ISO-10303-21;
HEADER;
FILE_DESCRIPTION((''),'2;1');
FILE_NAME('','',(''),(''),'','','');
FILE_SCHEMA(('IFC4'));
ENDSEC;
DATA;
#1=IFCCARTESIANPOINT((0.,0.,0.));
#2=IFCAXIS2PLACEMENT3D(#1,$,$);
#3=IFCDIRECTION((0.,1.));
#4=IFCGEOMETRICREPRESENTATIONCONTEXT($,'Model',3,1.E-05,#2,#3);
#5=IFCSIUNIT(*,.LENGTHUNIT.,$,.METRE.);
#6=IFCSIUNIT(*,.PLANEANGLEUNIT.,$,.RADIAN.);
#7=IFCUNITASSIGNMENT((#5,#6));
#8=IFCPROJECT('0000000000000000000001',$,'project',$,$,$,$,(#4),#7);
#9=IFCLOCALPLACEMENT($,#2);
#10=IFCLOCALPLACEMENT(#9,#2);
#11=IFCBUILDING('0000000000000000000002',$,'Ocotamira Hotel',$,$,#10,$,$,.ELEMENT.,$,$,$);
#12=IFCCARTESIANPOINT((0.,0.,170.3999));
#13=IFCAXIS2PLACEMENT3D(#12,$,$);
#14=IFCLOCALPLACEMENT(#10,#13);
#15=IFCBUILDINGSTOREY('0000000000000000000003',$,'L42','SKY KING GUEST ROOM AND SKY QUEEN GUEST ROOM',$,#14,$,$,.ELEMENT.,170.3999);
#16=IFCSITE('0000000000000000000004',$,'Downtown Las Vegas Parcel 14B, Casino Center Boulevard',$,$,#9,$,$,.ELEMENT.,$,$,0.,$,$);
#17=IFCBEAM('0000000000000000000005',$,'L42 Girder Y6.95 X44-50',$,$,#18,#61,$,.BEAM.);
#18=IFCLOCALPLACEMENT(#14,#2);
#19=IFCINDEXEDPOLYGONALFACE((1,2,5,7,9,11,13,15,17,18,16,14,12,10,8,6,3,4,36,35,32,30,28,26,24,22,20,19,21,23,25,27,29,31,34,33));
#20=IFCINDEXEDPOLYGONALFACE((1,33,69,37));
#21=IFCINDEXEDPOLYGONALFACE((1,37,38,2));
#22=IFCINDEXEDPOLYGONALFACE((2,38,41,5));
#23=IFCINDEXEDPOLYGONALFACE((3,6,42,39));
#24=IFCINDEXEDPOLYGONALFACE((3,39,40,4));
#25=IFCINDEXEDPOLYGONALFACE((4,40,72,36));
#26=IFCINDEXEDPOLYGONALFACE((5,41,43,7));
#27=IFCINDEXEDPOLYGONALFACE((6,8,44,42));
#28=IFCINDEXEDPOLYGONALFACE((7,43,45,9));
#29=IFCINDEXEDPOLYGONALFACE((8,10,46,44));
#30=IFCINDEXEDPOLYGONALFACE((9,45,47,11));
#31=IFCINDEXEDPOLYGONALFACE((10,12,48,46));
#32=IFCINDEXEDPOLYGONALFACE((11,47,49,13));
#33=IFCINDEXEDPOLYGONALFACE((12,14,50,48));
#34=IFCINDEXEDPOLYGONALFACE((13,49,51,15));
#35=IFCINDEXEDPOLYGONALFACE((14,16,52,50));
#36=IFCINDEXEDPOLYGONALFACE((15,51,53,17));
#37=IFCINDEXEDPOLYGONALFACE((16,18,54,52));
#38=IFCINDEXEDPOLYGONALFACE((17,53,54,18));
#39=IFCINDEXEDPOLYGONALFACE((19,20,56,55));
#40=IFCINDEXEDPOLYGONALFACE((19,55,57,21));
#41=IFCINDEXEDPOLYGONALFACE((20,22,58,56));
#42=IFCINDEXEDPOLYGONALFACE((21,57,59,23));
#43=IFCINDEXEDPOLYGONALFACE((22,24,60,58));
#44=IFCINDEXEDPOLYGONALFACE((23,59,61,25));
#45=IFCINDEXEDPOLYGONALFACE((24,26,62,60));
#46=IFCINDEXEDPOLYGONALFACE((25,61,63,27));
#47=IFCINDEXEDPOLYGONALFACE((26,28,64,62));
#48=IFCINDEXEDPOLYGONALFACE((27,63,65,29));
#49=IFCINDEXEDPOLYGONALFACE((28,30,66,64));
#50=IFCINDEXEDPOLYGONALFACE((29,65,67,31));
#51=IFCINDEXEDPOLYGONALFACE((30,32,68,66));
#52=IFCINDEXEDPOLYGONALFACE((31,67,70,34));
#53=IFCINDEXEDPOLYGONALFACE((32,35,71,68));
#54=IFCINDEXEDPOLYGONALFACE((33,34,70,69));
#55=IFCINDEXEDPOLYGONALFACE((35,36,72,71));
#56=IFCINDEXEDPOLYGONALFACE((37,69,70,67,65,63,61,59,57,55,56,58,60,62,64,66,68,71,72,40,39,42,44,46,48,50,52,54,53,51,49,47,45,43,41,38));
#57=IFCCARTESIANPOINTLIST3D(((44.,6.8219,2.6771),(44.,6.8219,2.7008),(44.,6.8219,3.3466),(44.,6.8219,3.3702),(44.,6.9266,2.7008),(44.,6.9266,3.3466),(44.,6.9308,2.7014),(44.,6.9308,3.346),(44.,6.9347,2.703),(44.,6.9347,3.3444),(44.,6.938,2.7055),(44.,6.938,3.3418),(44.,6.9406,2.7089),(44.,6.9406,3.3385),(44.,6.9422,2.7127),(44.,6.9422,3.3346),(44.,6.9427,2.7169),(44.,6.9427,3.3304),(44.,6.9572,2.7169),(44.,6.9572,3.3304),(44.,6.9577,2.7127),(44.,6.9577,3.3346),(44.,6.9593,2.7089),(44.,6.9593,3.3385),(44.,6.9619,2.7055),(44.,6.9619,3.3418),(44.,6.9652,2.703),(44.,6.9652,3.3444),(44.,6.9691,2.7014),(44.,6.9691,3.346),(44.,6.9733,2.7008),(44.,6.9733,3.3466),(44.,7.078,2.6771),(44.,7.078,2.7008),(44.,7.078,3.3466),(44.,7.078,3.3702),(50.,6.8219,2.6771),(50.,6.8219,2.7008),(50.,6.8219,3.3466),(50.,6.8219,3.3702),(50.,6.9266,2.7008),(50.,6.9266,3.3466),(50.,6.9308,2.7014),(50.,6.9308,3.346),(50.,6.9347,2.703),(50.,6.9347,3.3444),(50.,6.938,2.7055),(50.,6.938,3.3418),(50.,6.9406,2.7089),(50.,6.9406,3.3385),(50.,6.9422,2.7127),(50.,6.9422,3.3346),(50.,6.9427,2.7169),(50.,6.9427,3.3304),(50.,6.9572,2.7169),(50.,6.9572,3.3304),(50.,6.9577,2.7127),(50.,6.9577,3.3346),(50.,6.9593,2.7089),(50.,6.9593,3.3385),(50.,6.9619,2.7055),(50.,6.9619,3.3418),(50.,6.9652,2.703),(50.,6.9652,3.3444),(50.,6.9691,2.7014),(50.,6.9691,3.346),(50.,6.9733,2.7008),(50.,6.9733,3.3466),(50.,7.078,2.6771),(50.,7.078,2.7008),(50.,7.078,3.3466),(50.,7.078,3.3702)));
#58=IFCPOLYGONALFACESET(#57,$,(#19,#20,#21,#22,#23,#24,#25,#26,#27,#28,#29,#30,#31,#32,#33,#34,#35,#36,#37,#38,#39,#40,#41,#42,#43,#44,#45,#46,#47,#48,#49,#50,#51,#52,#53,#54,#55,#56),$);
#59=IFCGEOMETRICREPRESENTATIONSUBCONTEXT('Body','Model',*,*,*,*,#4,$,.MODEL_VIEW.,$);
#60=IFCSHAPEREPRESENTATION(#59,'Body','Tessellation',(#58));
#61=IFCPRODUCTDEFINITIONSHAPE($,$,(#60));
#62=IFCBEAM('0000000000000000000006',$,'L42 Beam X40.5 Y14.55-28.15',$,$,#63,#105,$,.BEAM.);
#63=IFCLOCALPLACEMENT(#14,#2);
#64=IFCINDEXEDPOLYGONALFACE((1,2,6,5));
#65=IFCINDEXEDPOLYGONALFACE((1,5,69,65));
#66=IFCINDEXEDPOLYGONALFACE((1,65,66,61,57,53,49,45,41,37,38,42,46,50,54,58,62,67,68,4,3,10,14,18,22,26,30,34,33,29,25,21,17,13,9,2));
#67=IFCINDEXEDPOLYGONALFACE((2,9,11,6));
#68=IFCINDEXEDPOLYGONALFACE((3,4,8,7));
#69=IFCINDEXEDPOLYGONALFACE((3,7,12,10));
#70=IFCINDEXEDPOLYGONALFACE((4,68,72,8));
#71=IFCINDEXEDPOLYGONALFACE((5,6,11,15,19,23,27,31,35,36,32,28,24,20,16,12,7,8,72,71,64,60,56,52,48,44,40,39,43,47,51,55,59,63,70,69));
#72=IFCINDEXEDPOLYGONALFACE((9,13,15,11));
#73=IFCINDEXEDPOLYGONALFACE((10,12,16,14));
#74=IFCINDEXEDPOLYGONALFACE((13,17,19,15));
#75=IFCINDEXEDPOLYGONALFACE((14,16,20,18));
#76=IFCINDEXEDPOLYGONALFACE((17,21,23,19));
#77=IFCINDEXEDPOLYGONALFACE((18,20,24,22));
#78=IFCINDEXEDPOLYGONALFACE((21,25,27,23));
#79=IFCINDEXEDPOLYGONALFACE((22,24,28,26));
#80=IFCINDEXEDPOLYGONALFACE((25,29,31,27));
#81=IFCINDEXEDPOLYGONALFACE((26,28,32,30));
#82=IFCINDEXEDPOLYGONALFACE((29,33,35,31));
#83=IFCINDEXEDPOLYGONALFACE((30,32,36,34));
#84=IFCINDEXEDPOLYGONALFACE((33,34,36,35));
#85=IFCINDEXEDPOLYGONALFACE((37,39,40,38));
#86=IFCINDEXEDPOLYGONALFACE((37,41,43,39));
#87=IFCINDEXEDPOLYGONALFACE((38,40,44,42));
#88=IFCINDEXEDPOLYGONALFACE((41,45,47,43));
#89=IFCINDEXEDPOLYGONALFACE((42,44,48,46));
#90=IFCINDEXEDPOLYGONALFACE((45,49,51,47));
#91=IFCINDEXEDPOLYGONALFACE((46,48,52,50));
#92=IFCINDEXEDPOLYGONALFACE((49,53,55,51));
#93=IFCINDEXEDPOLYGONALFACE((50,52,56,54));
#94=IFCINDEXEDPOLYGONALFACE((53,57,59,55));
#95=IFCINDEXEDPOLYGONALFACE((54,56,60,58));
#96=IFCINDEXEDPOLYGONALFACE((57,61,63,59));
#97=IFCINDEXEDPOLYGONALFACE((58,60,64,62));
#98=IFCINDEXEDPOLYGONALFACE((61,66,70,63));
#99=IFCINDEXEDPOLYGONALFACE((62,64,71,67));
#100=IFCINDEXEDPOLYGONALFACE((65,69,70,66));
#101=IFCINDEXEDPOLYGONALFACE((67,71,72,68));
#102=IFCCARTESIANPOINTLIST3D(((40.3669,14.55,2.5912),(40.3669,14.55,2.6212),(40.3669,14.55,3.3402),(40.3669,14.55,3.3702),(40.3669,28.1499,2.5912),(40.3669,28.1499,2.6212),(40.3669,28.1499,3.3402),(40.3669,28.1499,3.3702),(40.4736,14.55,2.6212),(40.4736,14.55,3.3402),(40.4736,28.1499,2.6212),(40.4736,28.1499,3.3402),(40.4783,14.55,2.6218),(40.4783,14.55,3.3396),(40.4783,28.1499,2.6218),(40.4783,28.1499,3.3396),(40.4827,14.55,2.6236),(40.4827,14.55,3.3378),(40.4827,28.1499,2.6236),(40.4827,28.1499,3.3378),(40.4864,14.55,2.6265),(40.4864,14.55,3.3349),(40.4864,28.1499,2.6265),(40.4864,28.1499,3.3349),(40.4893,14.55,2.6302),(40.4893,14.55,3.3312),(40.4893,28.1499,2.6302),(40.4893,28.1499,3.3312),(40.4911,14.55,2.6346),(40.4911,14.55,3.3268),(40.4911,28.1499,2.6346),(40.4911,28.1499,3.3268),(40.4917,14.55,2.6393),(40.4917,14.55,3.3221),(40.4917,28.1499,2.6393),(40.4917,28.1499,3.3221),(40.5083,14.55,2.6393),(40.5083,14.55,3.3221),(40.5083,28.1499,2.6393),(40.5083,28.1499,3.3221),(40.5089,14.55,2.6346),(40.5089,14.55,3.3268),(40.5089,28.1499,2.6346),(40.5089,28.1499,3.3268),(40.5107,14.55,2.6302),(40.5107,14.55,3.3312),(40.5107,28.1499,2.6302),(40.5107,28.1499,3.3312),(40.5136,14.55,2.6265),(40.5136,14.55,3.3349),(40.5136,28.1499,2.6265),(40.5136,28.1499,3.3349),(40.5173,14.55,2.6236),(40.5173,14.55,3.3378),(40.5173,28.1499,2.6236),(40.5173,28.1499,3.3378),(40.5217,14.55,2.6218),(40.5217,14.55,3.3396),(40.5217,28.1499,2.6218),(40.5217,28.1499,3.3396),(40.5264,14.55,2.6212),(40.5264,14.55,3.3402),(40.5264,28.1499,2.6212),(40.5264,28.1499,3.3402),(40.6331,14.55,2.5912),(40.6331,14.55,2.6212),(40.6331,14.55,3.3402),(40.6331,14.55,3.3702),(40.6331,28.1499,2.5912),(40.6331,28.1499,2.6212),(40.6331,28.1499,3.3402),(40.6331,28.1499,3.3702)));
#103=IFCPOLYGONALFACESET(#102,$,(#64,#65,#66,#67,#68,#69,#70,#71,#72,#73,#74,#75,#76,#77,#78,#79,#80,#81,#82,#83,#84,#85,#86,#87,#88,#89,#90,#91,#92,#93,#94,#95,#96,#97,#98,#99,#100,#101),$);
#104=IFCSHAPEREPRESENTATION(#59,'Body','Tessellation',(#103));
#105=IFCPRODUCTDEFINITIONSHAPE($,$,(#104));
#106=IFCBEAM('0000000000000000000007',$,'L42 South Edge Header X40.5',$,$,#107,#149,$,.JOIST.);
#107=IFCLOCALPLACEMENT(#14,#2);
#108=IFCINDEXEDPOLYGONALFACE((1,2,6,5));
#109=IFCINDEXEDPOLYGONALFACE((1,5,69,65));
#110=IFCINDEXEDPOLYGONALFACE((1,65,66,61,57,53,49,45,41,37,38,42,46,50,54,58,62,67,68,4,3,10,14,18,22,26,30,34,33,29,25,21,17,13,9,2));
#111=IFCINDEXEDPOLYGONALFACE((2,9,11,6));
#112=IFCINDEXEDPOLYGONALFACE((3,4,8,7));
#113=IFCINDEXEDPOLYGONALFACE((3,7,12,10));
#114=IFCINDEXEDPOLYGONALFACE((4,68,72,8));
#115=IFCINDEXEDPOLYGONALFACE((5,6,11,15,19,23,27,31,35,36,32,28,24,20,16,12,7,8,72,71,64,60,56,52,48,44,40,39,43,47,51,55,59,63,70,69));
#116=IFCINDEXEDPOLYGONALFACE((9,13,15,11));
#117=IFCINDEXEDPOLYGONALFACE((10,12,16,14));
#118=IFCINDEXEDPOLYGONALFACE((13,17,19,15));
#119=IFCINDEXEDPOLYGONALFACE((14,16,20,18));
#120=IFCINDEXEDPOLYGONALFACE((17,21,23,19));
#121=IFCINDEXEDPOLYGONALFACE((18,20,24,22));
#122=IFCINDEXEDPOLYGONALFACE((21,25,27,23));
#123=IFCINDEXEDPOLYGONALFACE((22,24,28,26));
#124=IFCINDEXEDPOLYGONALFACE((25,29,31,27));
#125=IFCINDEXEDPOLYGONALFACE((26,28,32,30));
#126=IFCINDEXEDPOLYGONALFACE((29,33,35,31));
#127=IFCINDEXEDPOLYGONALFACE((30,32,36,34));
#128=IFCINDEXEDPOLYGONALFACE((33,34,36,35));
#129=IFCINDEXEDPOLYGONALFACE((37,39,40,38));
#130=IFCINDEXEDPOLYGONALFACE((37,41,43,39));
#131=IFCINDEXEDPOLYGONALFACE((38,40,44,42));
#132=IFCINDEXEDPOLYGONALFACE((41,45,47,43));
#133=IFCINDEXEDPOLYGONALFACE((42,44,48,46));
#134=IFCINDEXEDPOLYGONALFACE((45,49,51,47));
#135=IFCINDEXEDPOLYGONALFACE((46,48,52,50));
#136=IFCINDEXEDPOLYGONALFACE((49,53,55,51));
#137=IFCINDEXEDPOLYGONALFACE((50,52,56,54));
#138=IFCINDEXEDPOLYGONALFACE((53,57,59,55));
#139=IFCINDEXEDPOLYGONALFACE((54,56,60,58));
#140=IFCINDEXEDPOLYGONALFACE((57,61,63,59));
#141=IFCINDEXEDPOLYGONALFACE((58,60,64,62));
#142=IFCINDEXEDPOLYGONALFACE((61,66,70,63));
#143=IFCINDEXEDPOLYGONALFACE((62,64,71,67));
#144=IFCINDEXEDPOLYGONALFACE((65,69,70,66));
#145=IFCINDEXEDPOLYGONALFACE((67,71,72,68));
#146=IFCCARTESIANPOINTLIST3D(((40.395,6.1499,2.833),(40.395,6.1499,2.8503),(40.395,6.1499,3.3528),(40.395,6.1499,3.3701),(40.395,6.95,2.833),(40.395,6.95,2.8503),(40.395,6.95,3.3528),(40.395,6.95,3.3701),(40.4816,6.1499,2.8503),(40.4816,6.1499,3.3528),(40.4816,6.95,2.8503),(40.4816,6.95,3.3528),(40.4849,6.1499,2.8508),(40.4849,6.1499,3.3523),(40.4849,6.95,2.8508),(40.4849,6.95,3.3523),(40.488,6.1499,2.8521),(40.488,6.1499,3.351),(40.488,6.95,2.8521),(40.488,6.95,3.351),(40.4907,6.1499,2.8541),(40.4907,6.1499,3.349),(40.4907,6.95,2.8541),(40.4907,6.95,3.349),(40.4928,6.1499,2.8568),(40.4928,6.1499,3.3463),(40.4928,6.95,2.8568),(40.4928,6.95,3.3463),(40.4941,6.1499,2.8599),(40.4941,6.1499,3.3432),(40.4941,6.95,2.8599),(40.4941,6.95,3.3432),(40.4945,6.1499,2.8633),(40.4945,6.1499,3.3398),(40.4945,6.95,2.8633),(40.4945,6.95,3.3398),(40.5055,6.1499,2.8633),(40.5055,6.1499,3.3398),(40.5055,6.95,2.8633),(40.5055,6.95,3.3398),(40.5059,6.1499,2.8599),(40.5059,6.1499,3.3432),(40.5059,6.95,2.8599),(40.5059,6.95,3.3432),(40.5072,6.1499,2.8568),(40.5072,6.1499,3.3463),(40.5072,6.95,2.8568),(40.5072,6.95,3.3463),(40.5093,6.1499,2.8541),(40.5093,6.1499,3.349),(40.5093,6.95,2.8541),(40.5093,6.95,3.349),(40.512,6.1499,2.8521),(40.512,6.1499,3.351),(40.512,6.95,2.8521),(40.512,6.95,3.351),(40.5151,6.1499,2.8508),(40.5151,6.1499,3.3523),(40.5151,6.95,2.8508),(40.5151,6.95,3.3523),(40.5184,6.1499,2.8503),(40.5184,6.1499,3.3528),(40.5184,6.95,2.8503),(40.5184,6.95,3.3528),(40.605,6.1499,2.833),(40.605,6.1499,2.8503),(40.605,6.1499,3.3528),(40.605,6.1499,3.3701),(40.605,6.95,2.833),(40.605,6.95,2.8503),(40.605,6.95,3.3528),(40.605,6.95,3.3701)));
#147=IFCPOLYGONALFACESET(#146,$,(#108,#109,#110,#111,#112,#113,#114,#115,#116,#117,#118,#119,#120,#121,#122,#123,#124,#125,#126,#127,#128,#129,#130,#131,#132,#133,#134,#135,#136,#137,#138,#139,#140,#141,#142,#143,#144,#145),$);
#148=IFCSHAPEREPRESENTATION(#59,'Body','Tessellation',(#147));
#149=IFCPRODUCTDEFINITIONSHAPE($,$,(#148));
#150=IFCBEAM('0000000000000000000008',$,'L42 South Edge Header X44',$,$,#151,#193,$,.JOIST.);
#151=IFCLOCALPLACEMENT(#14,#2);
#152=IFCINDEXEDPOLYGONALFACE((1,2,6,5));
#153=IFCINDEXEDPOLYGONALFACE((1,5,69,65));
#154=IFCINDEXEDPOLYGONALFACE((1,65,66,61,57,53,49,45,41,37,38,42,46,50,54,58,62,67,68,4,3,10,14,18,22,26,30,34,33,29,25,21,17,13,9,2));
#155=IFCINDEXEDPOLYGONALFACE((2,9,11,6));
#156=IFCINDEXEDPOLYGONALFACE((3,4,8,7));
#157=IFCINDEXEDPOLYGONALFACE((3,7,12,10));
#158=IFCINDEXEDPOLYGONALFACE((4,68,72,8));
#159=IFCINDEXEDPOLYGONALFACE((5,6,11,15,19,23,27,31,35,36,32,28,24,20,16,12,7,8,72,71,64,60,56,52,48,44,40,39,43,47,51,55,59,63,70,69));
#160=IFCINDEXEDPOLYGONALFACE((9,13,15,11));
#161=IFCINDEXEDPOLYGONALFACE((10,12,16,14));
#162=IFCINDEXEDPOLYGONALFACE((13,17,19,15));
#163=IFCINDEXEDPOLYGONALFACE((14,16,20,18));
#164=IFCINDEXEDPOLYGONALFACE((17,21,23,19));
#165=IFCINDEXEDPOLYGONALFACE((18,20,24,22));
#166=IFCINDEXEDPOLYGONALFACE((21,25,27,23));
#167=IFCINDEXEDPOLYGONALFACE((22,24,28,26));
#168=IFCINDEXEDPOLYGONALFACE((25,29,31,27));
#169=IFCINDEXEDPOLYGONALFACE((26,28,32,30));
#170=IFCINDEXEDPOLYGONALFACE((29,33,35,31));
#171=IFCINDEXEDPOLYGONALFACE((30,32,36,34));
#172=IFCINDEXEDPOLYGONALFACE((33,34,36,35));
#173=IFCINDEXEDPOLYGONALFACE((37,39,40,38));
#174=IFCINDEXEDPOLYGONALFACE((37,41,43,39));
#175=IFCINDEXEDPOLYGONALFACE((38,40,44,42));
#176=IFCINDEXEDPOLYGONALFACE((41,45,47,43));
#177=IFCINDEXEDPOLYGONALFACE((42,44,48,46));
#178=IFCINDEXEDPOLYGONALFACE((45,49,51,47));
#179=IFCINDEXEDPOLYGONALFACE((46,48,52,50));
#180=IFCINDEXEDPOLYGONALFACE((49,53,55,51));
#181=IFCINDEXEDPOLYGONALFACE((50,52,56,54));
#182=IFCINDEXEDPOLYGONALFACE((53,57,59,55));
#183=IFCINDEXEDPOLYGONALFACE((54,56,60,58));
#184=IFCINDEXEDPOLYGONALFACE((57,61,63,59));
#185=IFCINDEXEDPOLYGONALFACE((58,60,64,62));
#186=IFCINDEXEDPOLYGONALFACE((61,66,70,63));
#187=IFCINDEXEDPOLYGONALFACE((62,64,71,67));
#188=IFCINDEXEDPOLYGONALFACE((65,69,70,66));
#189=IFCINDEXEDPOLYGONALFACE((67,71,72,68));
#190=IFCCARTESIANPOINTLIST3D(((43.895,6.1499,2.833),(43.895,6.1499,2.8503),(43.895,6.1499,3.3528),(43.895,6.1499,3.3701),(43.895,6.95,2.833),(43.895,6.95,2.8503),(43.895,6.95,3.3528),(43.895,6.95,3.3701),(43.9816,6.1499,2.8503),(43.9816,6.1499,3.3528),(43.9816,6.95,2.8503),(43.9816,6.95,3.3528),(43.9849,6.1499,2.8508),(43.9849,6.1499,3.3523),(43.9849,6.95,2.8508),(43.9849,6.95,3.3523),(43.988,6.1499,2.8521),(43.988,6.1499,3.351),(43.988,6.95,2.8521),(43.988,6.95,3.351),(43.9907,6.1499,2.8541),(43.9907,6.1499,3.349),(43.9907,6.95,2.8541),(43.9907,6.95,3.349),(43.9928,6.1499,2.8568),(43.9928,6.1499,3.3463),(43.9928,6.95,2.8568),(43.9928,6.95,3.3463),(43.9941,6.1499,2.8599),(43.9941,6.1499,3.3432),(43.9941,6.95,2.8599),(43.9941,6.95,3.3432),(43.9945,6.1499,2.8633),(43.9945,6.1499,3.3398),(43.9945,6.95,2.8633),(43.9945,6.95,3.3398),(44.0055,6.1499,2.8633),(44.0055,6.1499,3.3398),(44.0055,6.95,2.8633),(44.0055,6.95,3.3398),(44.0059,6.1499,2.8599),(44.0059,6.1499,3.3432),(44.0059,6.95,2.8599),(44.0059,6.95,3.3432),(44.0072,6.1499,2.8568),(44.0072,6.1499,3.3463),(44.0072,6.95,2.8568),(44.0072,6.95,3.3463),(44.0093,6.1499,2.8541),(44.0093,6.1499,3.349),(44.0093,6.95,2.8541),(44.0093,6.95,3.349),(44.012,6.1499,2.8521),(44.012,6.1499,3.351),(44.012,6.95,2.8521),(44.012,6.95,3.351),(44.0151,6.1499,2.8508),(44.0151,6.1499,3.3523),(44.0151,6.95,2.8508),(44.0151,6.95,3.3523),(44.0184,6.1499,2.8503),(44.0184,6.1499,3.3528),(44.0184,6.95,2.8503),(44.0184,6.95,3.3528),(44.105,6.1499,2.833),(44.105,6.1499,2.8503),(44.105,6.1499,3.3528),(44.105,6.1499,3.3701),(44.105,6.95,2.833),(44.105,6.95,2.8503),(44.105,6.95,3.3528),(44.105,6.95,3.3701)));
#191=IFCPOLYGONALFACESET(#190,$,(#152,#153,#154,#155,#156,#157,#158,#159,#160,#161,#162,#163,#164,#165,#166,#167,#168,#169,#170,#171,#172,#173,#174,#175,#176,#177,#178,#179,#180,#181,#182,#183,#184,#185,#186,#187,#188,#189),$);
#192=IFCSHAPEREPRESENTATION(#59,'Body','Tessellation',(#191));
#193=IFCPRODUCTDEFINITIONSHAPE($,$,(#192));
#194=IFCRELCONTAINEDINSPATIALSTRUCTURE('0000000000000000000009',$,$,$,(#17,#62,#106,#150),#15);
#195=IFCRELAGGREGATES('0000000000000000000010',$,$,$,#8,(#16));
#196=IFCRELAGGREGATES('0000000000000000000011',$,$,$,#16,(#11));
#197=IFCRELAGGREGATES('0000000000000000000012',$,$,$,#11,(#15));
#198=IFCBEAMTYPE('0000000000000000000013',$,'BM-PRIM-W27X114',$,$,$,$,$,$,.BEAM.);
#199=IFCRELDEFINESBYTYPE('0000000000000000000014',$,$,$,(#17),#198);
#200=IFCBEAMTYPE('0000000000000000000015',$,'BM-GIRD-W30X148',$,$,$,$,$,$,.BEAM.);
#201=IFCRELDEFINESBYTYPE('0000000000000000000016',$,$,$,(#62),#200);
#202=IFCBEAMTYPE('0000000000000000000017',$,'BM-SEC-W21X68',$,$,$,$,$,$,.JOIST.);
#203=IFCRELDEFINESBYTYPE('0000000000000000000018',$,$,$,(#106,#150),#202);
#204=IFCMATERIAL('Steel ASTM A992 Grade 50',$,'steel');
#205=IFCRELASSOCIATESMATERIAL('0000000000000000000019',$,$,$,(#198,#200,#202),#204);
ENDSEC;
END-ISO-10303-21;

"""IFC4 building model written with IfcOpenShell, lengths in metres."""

from ifc_helpers import new_model, si_unit, direction, frame, origin, origin_2d, place, context, subcontext, project, spatial, i_section, extrude, source, transform, mapped, material, material_profile, profile_set, type_object, element, save


model = new_model("IFC4")

# Units and contexts
model_context = context("Model", 3, precision=1e-05, world=origin(), true_north=direction((0.0, 1.0)))
body_context = subcontext(model_context, "Body", "Model", "MODEL_VIEW")
ifc_project = project(units=[si_unit("LENGTHUNIT", "METRE"), si_unit("PLANEANGLEUNIT", "RADIAN")], contexts=[model_context])

# Site, building, storey
site_placement = place(None, origin())
site = spatial("IfcSite", under=ifc_project, at=site_placement, Name="Downtown Las Vegas Parcel 14B, Casino Center Boulevard", CompositionType="ELEMENT", RefElevation=0.0)
building_placement = place(site_placement, origin())
building = spatial("IfcBuilding", under=site, at=building_placement, Name="Ocotamira Hotel", CompositionType="ELEMENT")
storey_placement = place(building_placement, frame((0.0, 0.0, 170.3999)))
storey = spatial("IfcBuildingStorey", under=building, at=storey_placement, Name="L42", Description="SKY KING GUEST ROOM AND SKY QUEEN GUEST ROOM", CompositionType="ELEMENT", Elevation=170.3999)

# Beams
ifc_material_1 = material(Name="Steel ASTM A992 Grade 50", Category="steel")
ifc_material_profile_1 = material_profile(ifc_material_1, i_section(OverallWidth=0.2561, OverallDepth=0.6931, WebThickness=0.0144, FlangeThickness=0.0237, FilletRadius=0.0161, at=origin_2d()), Name="W27X114")
ifc_profile_set_1 = profile_set([ifc_material_profile_1], Name="Steel ASTM A992 Grade 50")
beam_type_1 = type_object("IfcBeamType", Name="BM-PRIM-W27X114", PredefinedType="BEAM", material=ifc_profile_set_1)
shared_shape_1 = source(origin(), body_context, "Body", "SweptSolid", [
    extrude(i_section(OverallWidth=0.2561, OverallDepth=0.6931, WebThickness=0.0144, FlangeThickness=0.0237, FilletRadius=0.0161, at=origin_2d()), origin(), (0.0, 0.0, 1.0), 6.0),
])
beam_1_placement = place(storey_placement, frame((44.0, 6.95, 3.0237), z_axis=(1.0, 0.0, 0.0), x_axis=(0.0, 1.0, 0.0)))
element("IfcBeam", 1, at=beam_1_placement, inside=storey, type_object=beam_type_1, Name="L42 Girder Y6.95 X44-50", PredefinedType="BEAM", context=body_context, shape_type="MappedRepresentation", body=[
    mapped(shared_shape_1, transform((0.0, 0.0, 0.0), scale=1.0)),
])
ifc_material_profile_2 = material_profile(ifc_material_1, i_section(OverallWidth=0.2661, OverallDepth=0.7791, WebThickness=0.0166, FlangeThickness=0.03, FilletRadius=0.0181, at=origin_2d()), Name="W30X148")
ifc_profile_set_2 = profile_set([ifc_material_profile_2], Name="Steel ASTM A992 Grade 50")
beam_type_2 = type_object("IfcBeamType", Name="BM-GIRD-W30X148", PredefinedType="BEAM", material=ifc_profile_set_2)
shared_shape_2 = source(origin(), body_context, "Body", "SweptSolid", [
    extrude(i_section(OverallWidth=0.2661, OverallDepth=0.7791, WebThickness=0.0166, FlangeThickness=0.03, FilletRadius=0.0181, at=origin_2d()), origin(), (0.0, 0.0, 1.0), 13.5999),
])
beam_2_placement = place(storey_placement, frame((40.5, 14.55, 2.9807), z_axis=(0.0, 1.0, 0.0), x_axis=(-1.0, 0.0, 0.0)))
element("IfcBeam", 2, at=beam_2_placement, inside=storey, type_object=beam_type_2, Name="L42 Beam X40.5 Y14.55-28.15", PredefinedType="BEAM", context=body_context, shape_type="MappedRepresentation", body=[
    mapped(shared_shape_2, transform((0.0, 0.0, 0.0), scale=1.0)),
])
ifc_material_profile_3 = material_profile(ifc_material_1, i_section(OverallWidth=0.21, OverallDepth=0.5371, WebThickness=0.011, FlangeThickness=0.0173, FilletRadius=0.0129, at=origin_2d()), Name="W21X68")
ifc_profile_set_3 = profile_set([ifc_material_profile_3], Name="Steel ASTM A992 Grade 50")
beam_type_3 = type_object("IfcBeamType", Name="BM-SEC-W21X68", PredefinedType="JOIST", material=ifc_profile_set_3)
shared_shape_3 = source(origin(), body_context, "Body", "SweptSolid", [
    extrude(i_section(OverallWidth=0.21, OverallDepth=0.5371, WebThickness=0.011, FlangeThickness=0.0173, FilletRadius=0.0129, at=origin_2d()), origin(), (0.0, 0.0, 1.0), 0.8),
])
for number, where, z_axis, x_axis, name in (
    (3, (40.5, 6.95, 3.1016), (0.0, -1.0, 0.0), (1.0, 0.0, 0.0), "L42 South Edge Header X40.5"),
    (4, (44.0, 6.95, 3.1016), (0.0, -1.0, 0.0), (1.0, 0.0, 0.0), "L42 South Edge Header X44"),
):
    element("IfcBeam", number, at=place(storey_placement, frame(where, z_axis=z_axis, x_axis=x_axis)), inside=storey, type_object=beam_type_3, Name=name, PredefinedType="JOIST", context=body_context, shape_type="MappedRepresentation", body=[
        mapped(shared_shape_3, transform((0.0, 0.0, 0.0), scale=1.0)),
    ])

save(model, "model.ifc")
